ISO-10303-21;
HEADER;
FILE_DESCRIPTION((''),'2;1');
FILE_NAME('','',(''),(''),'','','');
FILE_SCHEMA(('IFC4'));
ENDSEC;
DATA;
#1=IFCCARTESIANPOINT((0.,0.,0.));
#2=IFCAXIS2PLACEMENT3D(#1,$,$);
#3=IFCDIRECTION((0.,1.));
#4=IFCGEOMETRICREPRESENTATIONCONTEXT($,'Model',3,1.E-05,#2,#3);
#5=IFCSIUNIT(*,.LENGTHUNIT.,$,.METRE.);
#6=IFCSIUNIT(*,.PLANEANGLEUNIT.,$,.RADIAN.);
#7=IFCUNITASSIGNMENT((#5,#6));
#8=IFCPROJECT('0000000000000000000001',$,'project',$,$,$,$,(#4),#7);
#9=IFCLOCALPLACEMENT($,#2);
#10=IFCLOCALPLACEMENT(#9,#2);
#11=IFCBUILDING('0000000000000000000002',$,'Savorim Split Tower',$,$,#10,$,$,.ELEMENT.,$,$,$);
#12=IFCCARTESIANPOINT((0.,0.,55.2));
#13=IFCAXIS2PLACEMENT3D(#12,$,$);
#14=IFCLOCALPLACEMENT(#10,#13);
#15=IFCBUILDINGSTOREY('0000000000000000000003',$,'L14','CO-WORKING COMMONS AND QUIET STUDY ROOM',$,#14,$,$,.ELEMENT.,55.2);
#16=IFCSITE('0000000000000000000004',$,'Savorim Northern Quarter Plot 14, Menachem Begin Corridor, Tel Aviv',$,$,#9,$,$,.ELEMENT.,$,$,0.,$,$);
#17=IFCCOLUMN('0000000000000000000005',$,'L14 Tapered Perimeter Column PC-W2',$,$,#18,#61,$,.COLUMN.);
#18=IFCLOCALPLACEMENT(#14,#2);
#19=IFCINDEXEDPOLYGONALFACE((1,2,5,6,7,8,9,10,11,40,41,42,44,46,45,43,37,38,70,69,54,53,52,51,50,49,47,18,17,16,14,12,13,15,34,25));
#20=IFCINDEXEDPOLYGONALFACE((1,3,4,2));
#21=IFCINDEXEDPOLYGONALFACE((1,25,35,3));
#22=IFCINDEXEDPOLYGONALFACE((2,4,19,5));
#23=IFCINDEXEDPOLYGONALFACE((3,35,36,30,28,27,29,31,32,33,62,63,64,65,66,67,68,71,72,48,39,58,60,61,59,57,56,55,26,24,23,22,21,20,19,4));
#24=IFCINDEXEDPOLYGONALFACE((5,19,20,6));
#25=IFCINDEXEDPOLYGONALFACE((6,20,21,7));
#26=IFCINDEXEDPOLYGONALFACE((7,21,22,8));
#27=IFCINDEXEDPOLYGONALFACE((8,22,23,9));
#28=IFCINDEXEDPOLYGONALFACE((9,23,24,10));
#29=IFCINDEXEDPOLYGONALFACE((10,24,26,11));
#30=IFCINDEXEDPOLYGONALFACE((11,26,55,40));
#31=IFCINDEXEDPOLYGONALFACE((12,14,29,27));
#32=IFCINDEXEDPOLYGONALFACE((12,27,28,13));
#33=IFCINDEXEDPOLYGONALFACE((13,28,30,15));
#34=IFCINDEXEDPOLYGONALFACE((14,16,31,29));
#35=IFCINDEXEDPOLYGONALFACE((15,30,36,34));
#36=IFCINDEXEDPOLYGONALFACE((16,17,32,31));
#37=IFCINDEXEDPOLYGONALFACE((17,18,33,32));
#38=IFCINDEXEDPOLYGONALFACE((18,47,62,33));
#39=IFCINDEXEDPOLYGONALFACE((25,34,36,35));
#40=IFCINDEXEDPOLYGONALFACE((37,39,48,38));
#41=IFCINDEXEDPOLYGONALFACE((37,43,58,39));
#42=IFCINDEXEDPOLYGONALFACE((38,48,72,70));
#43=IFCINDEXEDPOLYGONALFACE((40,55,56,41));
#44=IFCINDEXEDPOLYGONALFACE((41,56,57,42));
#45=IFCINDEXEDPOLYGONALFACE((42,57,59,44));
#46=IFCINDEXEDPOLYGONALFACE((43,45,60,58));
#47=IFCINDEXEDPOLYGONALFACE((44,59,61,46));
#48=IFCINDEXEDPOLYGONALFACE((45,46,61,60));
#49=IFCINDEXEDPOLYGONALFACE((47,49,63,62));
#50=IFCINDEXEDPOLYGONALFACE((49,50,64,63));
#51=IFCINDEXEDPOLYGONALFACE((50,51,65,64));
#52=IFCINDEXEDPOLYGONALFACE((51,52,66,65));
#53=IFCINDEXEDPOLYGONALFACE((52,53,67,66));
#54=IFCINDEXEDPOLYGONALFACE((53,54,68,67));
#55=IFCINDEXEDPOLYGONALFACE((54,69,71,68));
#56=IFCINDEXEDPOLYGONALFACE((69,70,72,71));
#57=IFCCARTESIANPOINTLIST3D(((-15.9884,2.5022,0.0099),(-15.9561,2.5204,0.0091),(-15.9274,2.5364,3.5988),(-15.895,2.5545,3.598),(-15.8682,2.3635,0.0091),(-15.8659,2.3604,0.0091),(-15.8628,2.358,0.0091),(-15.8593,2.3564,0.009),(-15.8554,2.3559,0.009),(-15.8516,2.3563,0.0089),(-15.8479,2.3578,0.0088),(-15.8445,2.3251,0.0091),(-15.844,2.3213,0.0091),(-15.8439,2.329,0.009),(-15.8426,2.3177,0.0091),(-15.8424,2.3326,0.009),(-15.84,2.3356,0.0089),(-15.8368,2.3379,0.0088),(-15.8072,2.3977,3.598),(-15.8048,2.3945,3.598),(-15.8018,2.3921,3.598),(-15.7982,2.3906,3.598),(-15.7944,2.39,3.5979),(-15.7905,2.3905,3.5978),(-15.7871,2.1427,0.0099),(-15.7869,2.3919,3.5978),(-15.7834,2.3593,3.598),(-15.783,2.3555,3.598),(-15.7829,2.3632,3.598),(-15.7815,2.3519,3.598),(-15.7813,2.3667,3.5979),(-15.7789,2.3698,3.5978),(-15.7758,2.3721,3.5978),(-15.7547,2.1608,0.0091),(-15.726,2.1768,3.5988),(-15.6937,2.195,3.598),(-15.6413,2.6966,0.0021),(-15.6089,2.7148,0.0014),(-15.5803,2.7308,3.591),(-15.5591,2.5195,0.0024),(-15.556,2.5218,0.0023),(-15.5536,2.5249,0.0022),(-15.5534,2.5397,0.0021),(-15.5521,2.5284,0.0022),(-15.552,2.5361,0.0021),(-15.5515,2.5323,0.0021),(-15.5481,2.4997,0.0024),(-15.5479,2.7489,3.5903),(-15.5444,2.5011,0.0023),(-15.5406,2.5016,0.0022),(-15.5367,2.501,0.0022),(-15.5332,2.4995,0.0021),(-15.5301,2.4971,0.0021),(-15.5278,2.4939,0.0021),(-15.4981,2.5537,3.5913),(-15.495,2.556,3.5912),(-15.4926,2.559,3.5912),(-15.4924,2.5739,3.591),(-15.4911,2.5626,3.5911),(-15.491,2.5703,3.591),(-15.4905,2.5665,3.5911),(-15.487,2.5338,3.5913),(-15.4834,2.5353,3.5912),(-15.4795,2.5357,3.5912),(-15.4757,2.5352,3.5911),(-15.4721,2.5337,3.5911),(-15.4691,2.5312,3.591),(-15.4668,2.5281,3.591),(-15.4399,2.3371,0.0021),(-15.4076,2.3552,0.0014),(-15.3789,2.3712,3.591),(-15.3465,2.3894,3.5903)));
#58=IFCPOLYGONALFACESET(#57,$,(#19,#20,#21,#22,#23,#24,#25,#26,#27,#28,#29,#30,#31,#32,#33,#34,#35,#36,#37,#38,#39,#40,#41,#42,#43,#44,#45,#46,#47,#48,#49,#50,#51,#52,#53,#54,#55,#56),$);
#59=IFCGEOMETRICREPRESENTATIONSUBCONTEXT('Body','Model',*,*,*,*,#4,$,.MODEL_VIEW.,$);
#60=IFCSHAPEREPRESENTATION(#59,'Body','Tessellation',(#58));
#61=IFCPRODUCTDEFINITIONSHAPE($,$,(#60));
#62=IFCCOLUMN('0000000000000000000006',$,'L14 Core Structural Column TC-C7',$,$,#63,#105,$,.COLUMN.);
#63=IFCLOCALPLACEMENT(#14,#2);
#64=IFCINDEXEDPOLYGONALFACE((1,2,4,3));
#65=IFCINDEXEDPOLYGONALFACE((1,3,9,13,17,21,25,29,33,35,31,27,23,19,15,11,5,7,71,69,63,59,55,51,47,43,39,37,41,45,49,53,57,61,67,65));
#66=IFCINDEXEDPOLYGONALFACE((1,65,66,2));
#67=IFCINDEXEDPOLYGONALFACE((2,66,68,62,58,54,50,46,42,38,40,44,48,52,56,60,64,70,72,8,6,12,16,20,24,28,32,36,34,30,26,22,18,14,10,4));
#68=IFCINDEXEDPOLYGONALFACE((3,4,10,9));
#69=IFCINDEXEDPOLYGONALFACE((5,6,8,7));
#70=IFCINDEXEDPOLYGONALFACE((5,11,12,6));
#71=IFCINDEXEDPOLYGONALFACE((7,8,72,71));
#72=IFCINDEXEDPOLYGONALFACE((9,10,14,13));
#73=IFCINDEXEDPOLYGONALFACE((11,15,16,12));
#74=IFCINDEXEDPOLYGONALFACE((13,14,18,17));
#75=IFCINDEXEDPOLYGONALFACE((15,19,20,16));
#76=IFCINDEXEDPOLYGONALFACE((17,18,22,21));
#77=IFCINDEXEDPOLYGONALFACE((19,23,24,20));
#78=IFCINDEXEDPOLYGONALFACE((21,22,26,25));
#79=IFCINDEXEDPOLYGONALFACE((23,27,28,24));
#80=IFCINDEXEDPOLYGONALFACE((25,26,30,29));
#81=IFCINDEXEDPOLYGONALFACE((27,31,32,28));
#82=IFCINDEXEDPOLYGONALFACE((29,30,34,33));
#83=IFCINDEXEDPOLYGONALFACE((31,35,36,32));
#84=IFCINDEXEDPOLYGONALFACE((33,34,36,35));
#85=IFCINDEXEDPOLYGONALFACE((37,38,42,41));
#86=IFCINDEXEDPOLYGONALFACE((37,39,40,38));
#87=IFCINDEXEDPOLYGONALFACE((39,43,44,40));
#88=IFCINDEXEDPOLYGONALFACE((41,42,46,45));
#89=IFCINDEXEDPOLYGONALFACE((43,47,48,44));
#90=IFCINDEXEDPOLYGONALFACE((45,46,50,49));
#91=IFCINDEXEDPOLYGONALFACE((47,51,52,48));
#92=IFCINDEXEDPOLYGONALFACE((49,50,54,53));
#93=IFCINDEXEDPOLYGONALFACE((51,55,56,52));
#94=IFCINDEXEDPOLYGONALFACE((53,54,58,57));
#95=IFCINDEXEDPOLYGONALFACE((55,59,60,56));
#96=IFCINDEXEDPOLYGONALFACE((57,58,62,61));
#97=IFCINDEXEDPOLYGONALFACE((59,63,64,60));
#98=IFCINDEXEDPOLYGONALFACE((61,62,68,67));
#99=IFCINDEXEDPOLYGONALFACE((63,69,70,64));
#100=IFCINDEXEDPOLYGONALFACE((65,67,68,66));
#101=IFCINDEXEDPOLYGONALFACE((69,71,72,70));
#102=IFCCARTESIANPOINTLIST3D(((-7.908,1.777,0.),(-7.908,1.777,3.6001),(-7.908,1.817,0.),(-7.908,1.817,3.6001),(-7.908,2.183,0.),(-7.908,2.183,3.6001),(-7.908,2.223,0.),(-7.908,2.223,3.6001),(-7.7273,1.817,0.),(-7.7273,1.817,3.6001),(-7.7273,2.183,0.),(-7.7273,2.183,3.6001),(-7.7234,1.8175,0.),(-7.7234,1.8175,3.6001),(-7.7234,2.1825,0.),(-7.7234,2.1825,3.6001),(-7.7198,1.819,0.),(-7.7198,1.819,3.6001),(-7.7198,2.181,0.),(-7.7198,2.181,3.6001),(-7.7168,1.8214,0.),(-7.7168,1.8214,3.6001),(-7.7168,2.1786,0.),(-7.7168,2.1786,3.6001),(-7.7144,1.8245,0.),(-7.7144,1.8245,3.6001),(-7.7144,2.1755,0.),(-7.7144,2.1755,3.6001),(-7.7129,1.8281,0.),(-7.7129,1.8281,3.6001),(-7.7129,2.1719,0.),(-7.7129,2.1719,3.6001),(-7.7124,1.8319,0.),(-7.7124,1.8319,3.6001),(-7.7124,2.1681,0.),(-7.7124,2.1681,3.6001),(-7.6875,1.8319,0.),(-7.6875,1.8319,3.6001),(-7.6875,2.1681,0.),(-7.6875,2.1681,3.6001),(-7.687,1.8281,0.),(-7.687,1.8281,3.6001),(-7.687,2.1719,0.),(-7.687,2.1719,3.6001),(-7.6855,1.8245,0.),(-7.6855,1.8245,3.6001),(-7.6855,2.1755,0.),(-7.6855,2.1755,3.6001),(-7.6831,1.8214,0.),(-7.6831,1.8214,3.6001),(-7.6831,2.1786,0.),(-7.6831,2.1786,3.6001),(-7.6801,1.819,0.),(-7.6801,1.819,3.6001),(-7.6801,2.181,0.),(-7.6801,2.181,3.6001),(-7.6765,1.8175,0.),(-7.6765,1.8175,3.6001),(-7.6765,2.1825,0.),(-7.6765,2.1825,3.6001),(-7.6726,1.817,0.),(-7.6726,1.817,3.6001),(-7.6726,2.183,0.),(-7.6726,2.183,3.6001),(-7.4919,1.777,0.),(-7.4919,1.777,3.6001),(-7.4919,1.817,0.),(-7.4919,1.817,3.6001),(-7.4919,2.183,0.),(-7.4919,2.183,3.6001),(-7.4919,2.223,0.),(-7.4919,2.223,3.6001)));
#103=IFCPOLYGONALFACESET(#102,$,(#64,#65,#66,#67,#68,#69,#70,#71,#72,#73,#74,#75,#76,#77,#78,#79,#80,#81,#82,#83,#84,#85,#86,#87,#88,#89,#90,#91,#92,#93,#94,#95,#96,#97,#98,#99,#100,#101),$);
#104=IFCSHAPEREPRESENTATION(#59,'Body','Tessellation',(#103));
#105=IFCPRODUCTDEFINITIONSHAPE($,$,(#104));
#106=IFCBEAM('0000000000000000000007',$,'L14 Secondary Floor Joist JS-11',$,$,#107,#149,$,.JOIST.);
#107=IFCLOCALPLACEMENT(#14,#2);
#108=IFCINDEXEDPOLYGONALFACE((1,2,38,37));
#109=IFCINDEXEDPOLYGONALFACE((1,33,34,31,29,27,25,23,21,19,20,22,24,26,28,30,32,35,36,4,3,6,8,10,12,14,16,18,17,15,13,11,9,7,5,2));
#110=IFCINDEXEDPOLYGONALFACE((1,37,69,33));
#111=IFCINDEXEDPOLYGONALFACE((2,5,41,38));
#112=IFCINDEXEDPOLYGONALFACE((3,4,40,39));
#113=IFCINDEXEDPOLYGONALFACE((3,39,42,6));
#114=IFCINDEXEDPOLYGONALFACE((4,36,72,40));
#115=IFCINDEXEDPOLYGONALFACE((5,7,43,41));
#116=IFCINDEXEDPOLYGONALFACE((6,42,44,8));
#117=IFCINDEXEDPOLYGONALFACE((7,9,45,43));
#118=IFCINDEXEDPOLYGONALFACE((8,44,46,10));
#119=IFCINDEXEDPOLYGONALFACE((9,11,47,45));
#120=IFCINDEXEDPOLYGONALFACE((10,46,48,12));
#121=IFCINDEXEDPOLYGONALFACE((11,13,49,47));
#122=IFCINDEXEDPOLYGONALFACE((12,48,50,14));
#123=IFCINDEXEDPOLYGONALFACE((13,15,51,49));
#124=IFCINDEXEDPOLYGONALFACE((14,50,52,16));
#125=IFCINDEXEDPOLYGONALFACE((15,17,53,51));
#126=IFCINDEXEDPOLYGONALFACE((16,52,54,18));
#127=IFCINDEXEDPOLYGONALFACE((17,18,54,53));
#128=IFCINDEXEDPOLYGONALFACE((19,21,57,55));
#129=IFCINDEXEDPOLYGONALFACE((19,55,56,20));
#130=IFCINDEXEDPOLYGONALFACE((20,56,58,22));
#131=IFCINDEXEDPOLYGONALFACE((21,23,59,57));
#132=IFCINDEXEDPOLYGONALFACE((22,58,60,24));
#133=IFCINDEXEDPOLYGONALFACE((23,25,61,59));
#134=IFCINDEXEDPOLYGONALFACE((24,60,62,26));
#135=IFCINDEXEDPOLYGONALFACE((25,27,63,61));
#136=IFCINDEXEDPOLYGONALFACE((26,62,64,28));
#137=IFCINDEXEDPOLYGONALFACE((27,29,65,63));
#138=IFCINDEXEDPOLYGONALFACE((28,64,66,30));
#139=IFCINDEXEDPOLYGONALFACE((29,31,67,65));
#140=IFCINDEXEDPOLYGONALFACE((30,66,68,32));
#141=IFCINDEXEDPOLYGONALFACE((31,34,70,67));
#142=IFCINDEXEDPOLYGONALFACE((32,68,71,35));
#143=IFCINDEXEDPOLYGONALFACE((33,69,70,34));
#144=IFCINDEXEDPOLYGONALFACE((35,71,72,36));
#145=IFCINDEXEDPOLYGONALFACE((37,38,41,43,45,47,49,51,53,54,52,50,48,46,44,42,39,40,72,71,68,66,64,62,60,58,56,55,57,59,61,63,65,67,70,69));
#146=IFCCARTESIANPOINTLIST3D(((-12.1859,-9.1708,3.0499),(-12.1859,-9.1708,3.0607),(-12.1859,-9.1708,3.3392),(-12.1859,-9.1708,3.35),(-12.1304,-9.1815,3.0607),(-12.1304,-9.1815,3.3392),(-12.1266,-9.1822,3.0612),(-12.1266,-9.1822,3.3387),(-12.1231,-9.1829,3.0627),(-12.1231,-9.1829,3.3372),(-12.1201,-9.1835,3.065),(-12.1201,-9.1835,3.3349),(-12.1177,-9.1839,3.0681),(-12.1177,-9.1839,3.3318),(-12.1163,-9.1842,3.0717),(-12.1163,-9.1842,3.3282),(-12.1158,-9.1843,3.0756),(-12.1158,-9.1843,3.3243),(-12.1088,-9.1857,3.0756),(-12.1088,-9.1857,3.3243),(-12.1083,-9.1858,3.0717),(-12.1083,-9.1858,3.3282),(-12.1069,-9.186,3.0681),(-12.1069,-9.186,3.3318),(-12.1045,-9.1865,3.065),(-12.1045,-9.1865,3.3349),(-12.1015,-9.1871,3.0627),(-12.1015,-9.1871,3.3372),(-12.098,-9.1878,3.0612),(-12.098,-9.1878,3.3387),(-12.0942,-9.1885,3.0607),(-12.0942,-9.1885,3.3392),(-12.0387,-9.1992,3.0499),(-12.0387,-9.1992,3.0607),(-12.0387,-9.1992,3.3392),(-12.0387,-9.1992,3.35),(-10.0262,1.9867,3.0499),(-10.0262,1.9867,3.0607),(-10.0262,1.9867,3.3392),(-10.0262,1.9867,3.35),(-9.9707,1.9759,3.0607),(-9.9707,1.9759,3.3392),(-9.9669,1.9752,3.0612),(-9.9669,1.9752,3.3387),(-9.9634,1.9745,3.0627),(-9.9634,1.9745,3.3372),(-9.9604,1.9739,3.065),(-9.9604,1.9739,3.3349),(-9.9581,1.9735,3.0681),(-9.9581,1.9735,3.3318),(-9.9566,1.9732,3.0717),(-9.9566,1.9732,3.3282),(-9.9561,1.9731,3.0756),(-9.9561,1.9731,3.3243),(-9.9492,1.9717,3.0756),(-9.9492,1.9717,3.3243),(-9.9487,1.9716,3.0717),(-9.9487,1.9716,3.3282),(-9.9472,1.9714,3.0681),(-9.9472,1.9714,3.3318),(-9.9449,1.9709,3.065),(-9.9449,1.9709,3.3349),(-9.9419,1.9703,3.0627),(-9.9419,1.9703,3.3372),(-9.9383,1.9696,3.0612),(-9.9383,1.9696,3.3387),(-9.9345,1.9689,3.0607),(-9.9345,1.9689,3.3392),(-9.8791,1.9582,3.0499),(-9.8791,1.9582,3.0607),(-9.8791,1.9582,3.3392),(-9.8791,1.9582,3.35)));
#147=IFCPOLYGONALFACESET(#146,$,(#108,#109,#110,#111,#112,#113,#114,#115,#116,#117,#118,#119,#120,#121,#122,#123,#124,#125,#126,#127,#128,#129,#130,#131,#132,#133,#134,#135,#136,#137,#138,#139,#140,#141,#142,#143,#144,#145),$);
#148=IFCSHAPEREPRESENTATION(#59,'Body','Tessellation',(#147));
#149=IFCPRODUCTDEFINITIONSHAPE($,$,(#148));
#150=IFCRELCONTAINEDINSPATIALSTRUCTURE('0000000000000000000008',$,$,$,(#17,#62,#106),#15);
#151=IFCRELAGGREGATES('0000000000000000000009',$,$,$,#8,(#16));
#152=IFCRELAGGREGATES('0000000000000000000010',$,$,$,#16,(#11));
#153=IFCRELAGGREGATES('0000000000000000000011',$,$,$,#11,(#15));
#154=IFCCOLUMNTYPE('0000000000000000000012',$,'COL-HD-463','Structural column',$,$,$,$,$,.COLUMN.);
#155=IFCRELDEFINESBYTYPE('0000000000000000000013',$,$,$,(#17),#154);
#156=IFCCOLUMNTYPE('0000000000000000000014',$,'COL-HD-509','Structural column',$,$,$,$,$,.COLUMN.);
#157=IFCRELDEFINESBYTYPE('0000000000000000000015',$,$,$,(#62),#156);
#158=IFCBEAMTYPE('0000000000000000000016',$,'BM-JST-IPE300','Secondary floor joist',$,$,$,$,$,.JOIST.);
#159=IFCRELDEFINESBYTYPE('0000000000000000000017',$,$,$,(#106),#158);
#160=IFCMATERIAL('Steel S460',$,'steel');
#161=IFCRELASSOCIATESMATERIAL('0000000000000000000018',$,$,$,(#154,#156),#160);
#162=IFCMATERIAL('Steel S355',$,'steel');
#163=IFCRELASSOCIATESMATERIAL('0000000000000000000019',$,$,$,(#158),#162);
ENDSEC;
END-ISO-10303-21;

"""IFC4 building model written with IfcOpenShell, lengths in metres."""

from ifc_helpers import new_model, si_unit, direction, frame, origin, origin_2d, place, context, subcontext, project, spatial, i_section, extrude, material, material_profile, profile_set, type_object, element, save


model = new_model("IFC4")

# Units and contexts
model_context = context("Model", 3, precision=1e-05, world=origin(), true_north=direction((0.0, 1.0)))
body_context = subcontext(model_context, "Body", "Model", "MODEL_VIEW")
ifc_project = project(units=[si_unit("LENGTHUNIT", "METRE"), si_unit("PLANEANGLEUNIT", "RADIAN")], contexts=[model_context])

# Site, building, storey
site_placement = place(None, origin())
site = spatial("IfcSite", under=ifc_project, at=site_placement, Name="Savorim Northern Quarter Plot 14, Menachem Begin Corridor, Tel Aviv", CompositionType="ELEMENT", RefElevation=0.0)
building_placement = place(site_placement, origin())
building = spatial("IfcBuilding", under=site, at=building_placement, Name="Savorim Split Tower", CompositionType="ELEMENT")
storey_placement = place(building_placement, frame((0.0, 0.0, 55.2)))
storey = spatial("IfcBuildingStorey", under=building, at=storey_placement, Name="L14", Description="CO-WORKING COMMONS AND QUIET STUDY ROOM", CompositionType="ELEMENT", Elevation=55.2)

# Columns
ifc_material_1 = material(Name="Steel S460", Category="steel")
ifc_material_profile_1 = material_profile(ifc_material_1, i_section(OverallWidth=0.4121, OverallDepth=0.4351, WebThickness=0.0227, FlangeThickness=0.0371, FilletRadius=0.0149, at=origin_2d()), Name="HD 400x463")
ifc_profile_set_1 = profile_set([ifc_material_profile_1], Name="Steel S460")
column_type_1 = type_object("IfcColumnType", Name="COL-HD-463", Description="Structural column", PredefinedType="COLUMN", material=ifc_profile_set_1)
column_1_placement = place(storey_placement, frame((-15.698, 2.4287, 0.0056), z_axis=(0.017004, 0.009522, 0.99981), x_axis=(-0.488603, 0.872506, 0.0)))
element("IfcColumn", 1, at=column_1_placement, inside=storey, type_object=column_type_1, Name="L14 Tapered Perimeter Column PC-W2", PredefinedType="COLUMN", context=body_context, shape_type="SweptSolid", body=[
    extrude(i_section(OverallWidth=0.4121, OverallDepth=0.4351, WebThickness=0.0227, FlangeThickness=0.0371, FilletRadius=0.0149, at=origin_2d()), origin(), (0.0, 0.0, 1.0), 3.5896),
])
ifc_material_profile_2 = material_profile(ifc_material_1, i_section(OverallWidth=0.416, OverallDepth=0.446, WebThickness=0.0249, FlangeThickness=0.04, FilletRadius=0.0149, at=origin_2d()), Name="HD 400x509")
ifc_profile_set_2 = profile_set([ifc_material_profile_2], Name="Steel S460")
column_type_2 = type_object("IfcColumnType", Name="COL-HD-509", Description="Structural column", PredefinedType="COLUMN", material=ifc_profile_set_2)
column_2_placement = place(storey_placement, frame((-7.7, 2.0, 0.0), z_axis=(0.0, 0.0, 1.0), x_axis=(1.0, 0.0, 0.0)))
element("IfcColumn", 2, at=column_2_placement, inside=storey, type_object=column_type_2, Name="L14 Core Structural Column TC-C7", PredefinedType="COLUMN", context=body_context, shape_type="SweptSolid", body=[
    extrude(i_section(OverallWidth=0.416, OverallDepth=0.446, WebThickness=0.0249, FlangeThickness=0.04, FilletRadius=0.0149, at=origin_2d()), origin(), (0.0, 0.0, 1.0), 3.6001),
])

# Beam
ifc_material_2 = material(Name="Steel S355", Category="steel")
ifc_material_profile_3 = material_profile(ifc_material_2, i_section(OverallWidth=0.1499, OverallDepth=0.3, WebThickness=0.0071, FlangeThickness=0.0107, FilletRadius=0.0149, at=origin_2d()), Name="IPE 300")
ifc_profile_set_3 = profile_set([ifc_material_profile_3], Name="Steel S355")
beam_type_1 = type_object("IfcBeamType", Name="BM-JST-IPE300", Description="Secondary floor joist", PredefinedType="JOIST", material=ifc_profile_set_3)
beam_1_placement = place(storey_placement, frame((-9.9526, 1.9724, 3.2), z_axis=(-0.190035, -0.981777, 0.0), x_axis=(0.981777, -0.190035, 0.0)))
element("IfcBeam", 3, at=beam_1_placement, inside=storey, type_object=beam_type_1, Name="L14 Secondary Floor Joist JS-11", PredefinedType="JOIST", context=body_context, shape_type="SweptSolid", body=[
    extrude(i_section(OverallWidth=0.1499, OverallDepth=0.3, WebThickness=0.0071, FlangeThickness=0.0107, FilletRadius=0.0149, at=origin_2d()), origin(), (0.0, 0.0, 1.0), 11.3645),
])

save(model, "model.ifc")
